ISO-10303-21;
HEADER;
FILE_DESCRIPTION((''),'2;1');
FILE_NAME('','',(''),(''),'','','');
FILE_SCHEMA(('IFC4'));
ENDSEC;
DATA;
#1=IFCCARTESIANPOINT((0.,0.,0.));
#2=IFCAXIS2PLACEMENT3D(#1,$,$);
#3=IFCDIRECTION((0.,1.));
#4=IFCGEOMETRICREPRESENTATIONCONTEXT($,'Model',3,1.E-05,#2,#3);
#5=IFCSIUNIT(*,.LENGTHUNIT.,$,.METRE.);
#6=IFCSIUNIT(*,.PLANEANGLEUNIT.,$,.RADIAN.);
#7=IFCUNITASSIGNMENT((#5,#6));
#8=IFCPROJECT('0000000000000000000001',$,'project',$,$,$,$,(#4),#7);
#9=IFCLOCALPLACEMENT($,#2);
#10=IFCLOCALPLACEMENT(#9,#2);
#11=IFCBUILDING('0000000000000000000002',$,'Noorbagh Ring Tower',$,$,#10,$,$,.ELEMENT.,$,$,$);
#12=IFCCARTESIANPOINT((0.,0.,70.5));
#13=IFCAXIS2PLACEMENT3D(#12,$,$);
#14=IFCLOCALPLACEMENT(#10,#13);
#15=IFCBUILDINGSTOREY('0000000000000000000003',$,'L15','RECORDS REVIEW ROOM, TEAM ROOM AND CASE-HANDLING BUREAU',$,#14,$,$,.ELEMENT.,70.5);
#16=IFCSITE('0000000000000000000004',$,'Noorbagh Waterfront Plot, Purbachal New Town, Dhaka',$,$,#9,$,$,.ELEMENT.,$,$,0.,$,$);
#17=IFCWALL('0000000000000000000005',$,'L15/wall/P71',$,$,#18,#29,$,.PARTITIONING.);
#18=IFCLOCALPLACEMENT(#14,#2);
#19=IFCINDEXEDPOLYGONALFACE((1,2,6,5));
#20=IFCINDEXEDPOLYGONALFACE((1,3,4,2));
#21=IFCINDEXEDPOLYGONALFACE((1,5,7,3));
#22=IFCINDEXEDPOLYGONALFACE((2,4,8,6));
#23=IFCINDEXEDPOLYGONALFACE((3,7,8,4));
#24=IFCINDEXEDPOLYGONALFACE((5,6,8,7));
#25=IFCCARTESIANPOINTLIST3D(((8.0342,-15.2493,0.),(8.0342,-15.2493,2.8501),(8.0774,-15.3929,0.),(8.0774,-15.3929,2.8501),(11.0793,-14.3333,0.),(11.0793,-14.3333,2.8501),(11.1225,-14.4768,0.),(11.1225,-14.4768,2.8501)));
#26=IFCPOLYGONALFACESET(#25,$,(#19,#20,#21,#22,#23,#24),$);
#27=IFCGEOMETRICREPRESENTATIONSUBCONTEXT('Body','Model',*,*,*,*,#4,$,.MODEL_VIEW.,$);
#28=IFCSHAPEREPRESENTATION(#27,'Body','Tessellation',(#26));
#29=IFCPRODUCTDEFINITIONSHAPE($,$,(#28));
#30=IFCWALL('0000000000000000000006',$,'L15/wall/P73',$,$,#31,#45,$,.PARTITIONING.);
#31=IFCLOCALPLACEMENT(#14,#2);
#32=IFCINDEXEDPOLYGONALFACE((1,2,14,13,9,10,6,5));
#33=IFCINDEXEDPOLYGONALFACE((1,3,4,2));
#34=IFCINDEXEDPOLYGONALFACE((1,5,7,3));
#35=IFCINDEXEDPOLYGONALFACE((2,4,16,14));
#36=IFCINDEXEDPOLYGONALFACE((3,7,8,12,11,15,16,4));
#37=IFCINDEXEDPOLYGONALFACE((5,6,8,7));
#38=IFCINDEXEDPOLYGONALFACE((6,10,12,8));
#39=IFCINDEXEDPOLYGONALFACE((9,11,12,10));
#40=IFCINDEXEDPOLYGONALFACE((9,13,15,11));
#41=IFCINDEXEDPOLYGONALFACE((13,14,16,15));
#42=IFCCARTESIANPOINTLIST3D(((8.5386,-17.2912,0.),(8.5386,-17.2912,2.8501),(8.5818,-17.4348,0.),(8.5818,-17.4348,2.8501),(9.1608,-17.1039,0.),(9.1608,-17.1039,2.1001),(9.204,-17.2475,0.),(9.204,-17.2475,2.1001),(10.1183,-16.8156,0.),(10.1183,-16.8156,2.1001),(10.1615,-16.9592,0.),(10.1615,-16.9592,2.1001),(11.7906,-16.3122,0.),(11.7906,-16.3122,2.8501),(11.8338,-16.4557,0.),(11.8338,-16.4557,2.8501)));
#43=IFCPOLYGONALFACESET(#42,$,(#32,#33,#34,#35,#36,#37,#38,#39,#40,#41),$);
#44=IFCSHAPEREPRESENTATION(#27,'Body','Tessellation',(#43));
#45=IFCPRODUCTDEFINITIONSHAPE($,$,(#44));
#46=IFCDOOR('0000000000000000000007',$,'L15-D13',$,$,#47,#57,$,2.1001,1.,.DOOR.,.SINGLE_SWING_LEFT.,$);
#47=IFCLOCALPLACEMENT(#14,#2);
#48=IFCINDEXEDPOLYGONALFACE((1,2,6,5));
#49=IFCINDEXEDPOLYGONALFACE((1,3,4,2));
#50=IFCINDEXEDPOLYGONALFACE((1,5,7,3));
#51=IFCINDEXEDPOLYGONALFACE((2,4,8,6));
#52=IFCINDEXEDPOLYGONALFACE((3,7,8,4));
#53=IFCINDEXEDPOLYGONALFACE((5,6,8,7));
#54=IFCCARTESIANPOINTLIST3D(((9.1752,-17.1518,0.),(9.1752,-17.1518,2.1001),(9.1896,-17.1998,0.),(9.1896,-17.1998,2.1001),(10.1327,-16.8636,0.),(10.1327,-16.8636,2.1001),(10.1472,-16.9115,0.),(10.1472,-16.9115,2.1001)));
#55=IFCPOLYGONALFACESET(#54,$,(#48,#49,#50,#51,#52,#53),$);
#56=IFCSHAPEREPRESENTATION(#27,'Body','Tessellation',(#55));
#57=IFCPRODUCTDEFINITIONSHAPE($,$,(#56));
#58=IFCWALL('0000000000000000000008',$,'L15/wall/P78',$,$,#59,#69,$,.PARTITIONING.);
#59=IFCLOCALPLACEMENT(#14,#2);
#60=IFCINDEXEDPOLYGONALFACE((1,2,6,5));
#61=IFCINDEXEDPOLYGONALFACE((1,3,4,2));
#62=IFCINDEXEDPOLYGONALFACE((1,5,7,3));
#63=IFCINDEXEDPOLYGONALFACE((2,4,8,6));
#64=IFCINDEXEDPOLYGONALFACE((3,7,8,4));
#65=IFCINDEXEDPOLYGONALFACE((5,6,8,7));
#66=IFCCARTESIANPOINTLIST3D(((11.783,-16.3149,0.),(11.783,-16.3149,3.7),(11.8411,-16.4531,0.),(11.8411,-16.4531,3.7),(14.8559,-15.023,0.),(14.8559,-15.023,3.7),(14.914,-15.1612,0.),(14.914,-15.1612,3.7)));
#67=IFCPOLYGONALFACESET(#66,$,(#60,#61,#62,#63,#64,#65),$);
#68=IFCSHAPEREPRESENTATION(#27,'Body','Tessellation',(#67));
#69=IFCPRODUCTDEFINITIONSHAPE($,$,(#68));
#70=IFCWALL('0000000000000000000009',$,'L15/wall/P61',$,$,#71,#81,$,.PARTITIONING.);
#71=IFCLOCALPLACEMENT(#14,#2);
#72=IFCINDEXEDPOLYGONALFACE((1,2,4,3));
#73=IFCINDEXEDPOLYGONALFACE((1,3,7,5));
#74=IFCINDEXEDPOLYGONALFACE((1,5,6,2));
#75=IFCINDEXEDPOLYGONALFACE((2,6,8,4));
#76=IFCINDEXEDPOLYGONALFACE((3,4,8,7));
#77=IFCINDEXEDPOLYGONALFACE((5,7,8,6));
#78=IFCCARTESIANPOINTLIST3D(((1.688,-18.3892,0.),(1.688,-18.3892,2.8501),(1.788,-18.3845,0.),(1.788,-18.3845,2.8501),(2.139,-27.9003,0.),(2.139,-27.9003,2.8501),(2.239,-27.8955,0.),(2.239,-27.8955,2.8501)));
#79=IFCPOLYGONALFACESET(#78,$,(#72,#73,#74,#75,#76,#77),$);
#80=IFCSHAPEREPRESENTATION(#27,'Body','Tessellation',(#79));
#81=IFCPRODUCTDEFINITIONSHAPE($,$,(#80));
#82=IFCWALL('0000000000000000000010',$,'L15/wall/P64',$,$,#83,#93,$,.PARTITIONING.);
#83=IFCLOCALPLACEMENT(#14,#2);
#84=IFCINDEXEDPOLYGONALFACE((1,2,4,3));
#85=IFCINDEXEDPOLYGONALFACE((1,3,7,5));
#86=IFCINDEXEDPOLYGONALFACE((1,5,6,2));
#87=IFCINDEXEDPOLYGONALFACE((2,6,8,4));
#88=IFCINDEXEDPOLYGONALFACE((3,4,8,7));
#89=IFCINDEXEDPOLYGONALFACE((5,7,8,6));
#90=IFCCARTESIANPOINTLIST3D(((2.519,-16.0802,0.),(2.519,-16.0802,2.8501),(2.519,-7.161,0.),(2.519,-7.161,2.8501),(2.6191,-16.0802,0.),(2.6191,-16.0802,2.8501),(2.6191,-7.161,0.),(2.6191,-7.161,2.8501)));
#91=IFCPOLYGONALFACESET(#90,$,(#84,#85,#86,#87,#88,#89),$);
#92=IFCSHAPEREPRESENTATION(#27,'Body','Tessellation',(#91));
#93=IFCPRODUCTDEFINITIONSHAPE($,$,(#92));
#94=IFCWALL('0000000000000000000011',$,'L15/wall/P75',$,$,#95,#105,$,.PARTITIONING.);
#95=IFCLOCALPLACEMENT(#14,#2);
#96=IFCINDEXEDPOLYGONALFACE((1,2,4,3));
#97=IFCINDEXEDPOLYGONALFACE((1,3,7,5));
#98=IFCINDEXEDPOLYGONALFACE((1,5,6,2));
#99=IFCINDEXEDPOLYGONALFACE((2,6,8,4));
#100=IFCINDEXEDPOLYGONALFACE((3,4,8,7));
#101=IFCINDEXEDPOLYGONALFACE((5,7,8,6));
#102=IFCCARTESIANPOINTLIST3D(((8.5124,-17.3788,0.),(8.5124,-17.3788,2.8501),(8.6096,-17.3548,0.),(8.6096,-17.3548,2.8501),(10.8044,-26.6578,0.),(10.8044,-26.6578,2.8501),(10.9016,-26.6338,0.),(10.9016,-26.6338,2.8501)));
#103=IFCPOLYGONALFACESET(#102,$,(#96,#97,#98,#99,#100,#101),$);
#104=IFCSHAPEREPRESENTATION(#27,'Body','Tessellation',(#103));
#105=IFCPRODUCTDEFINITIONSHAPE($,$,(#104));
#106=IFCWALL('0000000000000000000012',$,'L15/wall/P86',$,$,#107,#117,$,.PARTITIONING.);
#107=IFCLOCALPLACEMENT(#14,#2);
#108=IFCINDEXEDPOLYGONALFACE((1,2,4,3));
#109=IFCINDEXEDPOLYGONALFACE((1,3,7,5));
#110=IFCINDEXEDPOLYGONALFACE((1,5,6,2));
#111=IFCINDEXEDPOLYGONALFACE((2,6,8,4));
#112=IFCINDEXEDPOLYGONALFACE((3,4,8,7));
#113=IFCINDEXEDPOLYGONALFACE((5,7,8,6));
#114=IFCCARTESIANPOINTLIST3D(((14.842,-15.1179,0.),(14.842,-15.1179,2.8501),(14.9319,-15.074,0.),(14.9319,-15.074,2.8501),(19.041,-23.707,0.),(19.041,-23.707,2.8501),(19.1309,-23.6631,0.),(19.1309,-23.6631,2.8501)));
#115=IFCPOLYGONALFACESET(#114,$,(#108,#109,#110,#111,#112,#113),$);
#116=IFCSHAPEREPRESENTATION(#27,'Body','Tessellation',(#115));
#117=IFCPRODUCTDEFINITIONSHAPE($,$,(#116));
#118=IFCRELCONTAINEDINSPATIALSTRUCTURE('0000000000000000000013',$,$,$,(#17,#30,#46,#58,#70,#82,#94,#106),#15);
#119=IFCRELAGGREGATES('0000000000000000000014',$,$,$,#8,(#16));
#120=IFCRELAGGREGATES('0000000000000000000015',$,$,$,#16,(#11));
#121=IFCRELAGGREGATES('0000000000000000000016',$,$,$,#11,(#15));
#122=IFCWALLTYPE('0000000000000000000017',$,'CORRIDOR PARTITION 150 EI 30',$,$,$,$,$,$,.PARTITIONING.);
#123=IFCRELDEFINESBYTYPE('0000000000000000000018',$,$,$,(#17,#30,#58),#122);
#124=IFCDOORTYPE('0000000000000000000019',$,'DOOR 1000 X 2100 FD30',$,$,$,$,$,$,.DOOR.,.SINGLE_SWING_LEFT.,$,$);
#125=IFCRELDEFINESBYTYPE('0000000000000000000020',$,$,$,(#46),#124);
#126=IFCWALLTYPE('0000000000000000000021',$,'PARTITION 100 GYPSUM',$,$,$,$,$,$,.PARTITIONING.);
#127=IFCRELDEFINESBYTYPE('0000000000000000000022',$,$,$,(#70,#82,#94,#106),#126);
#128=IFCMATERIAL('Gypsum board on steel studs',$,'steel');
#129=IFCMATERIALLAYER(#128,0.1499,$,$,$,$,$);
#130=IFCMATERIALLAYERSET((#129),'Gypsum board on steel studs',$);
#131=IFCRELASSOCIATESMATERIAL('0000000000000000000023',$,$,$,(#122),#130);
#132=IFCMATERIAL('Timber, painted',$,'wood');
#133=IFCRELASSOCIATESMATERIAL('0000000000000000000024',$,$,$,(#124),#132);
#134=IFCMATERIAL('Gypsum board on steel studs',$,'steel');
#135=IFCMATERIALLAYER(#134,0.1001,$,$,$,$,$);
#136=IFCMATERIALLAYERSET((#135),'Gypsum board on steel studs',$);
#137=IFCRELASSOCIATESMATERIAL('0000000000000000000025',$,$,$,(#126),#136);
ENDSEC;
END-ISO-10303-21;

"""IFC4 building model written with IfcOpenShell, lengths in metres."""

from ifc_helpers import new_model, si_unit, direction, frame, frame_2d, origin, place, context, subcontext, project, spatial, rectangle, extrude, material, layer, layer_set, type_object, element, fill, save


model = new_model("IFC4")

# Units and contexts
model_context = context("Model", 3, precision=1e-05, world=origin(), true_north=direction((0.0, 1.0)))
body_context = subcontext(model_context, "Body", "Model", "MODEL_VIEW")
ifc_project = project(units=[si_unit("LENGTHUNIT", "METRE"), si_unit("PLANEANGLEUNIT", "RADIAN")], contexts=[model_context])

# Site, building, storey
site_placement = place(None, origin())
site = spatial("IfcSite", under=ifc_project, at=site_placement, Name="Noorbagh Waterfront Plot, Purbachal New Town, Dhaka", CompositionType="ELEMENT", RefElevation=0.0)
building_placement = place(site_placement, origin())
building = spatial("IfcBuilding", under=site, at=building_placement, Name="Noorbagh Ring Tower", CompositionType="ELEMENT")
storey_placement = place(building_placement, frame((0.0, 0.0, 70.5)))
storey = spatial("IfcBuildingStorey", under=building, at=storey_placement, Name="L15", Description="RECORDS REVIEW ROOM, TEAM ROOM AND CASE-HANDLING BUREAU", CompositionType="ELEMENT", Elevation=70.5)

# Shared definitions
ifc_material_1 = material(Name="Gypsum board on steel studs", Category="steel")
ifc_layer_1 = layer(ifc_material_1, 0.1499)
ifc_layer_set_1 = layer_set([ifc_layer_1], Name="Gypsum board on steel studs")
wall_type_1 = type_object("IfcWallType", Name="CORRIDOR PARTITION 150 EI 30", PredefinedType="PARTITIONING", material=ifc_layer_set_1)

# Shared definitions
ifc_material_2 = material(Name="Timber, painted", Category="wood")
door_type = type_object("IfcDoorType", Name="DOOR 1000 X 2100 FD30", OperationType="SINGLE_SWING_LEFT", PredefinedType="DOOR", material=ifc_material_2)

# Wall
wall_1_placement = place(storey_placement, frame((8.0559, -15.321, 0.0), z_axis=(0.0, 0.0, 1.0), x_axis=(0.957613, 0.288059, 0.0)))
element("IfcWall", 1, at=wall_1_placement, inside=storey, type_object=wall_type_1, Name="L15/wall/P71", PredefinedType="PARTITIONING", context=body_context, shape_type="SweptSolid", body=[
    extrude(rectangle(XDim=3.1799, YDim=0.1499, at=frame_2d((1.5898, 0.0))), origin(), (0.0, 0.0, 1.0), 2.8501),
])

# Wall, opening, door
wall_2_placement = place(storey_placement, frame((8.5601, -17.363, 0.0), z_axis=(0.0, 0.0, 1.0), x_axis=(0.957549, 0.288271, 0.0)))
wall_2 = element("IfcWall", 2, at=wall_2_placement, inside=storey, type_object=wall_type_1, Name="L15/wall/P73", PredefinedType="PARTITIONING", context=body_context, shape_type="SweptSolid", body=[
    extrude(rectangle(XDim=3.3962, YDim=0.1499, at=frame_2d((1.6982, 0.0))), origin(), (0.0, 0.0, 1.0), 2.8501),
])
opening_1_placement = place(wall_2_placement, frame((0.6499, 0.0, 0.0)))
opening_1 = element("IfcOpeningElement", 3, at=opening_1_placement, cuts=wall_2, PredefinedType="OPENING", context=body_context, shape_type="SweptSolid", body=[
    extrude(rectangle(XDim=1.0, YDim=2.1001, at=frame_2d((0.5, 1.05))), frame((0.0, 0.085, 0.0), z_axis=(0.0, -1.0, 0.0), x_axis=(1.0, 0.0, 0.0)), (0.0, 0.0, 1.0), 0.1699),
])
door_1_placement = place(opening_1_placement, origin())
door_1 = element("IfcDoor", 4, at=door_1_placement, inside=storey, type_object=door_type, Name="L15-D13", OperationType="SINGLE_SWING_LEFT", OverallHeight=2.1001, OverallWidth=1.0, PredefinedType="DOOR", context=body_context, shape_type="SweptSolid", body=[
    extrude(rectangle(XDim=1.0, YDim=2.1001, at=frame_2d((0.5, 1.05))), frame((0.0, 0.0249, 0.0), z_axis=(0.0, -1.0, 0.0), x_axis=(1.0, 0.0, 0.0)), (0.0, 0.0, 1.0), 0.05),
])
fill(opening_1, door_1)

# Walls
wall_3_placement = place(storey_placement, frame((11.812, -16.384, 0.0), z_axis=(0.0, 0.0, 1.0), x_axis=(0.921839, 0.387572, 0.0)))
element("IfcWall", 5, at=wall_3_placement, inside=storey, type_object=wall_type_1, Name="L15/wall/P78", PredefinedType="PARTITIONING", context=body_context, shape_type="SweptSolid", body=[
    extrude(rectangle(XDim=3.3335, YDim=0.1499, at=frame_2d((1.6667, 0.0))), origin(), (0.0, 0.0, 1.0), 3.7),
])
ifc_material_3 = material(Name="Gypsum board on steel studs", Category="steel")
ifc_layer_2 = layer(ifc_material_3, 0.1001)
ifc_layer_set_2 = layer_set([ifc_layer_2], Name="Gypsum board on steel studs")
wall_type_2 = type_object("IfcWallType", Name="PARTITION 100 GYPSUM", PredefinedType="PARTITIONING", material=ifc_layer_set_2)
wall_4_placement = place(storey_placement, frame((1.738, -18.387, 0.0), z_axis=(0.0, 0.0, 1.0), x_axis=(0.047358, -0.998878, 0.0)))
element("IfcWall", 6, at=wall_4_placement, inside=storey, type_object=wall_type_2, Name="L15/wall/P61", PredefinedType="PARTITIONING", context=body_context, shape_type="SweptSolid", body=[
    extrude(rectangle(XDim=9.5217, YDim=0.1001, at=frame_2d((4.7607, 0.0))), origin(), (0.0, 0.0, 1.0), 2.8501),
])
wall_5_placement = place(storey_placement, frame((2.5691, -16.0801, 0.0), z_axis=(0.0, 0.0, 1.0), x_axis=(0.0, 1.0, 0.0)))
element("IfcWall", 7, at=wall_5_placement, inside=storey, type_object=wall_type_2, Name="L15/wall/P64", PredefinedType="PARTITIONING", context=body_context, shape_type="SweptSolid", body=[
    extrude(rectangle(XDim=8.9192, YDim=0.1001, at=frame_2d((4.4595, 0.0))), origin(), (0.0, 0.0, 1.0), 2.8501),
])
wall_6_placement = place(storey_placement, frame((8.561, -17.3669, 0.0), z_axis=(0.0, 0.0, 1.0), x_axis=(0.2398, -0.970822, 0.0)))
element("IfcWall", 8, at=wall_6_placement, inside=storey, type_object=wall_type_2, Name="L15/wall/P75", PredefinedType="PARTITIONING", context=body_context, shape_type="SweptSolid", body=[
    extrude(rectangle(XDim=9.5579, YDim=0.1001, at=frame_2d((4.7788, 0.0))), origin(), (0.0, 0.0, 1.0), 2.8501),
])
wall_7_placement = place(storey_placement, frame((14.887, -15.0959, 0.0), z_axis=(0.0, 0.0, 1.0), x_axis=(0.439198, -0.89839, 0.0)))
element("IfcWall", 9, at=wall_7_placement, inside=storey, type_object=wall_type_2, Name="L15/wall/P86", PredefinedType="PARTITIONING", context=body_context, shape_type="SweptSolid", body=[
    extrude(rectangle(XDim=9.5605, YDim=0.1001, at=frame_2d((4.7803, 0.0))), origin(), (0.0, 0.0, 1.0), 2.8501),
])

save(model, "model.ifc")
